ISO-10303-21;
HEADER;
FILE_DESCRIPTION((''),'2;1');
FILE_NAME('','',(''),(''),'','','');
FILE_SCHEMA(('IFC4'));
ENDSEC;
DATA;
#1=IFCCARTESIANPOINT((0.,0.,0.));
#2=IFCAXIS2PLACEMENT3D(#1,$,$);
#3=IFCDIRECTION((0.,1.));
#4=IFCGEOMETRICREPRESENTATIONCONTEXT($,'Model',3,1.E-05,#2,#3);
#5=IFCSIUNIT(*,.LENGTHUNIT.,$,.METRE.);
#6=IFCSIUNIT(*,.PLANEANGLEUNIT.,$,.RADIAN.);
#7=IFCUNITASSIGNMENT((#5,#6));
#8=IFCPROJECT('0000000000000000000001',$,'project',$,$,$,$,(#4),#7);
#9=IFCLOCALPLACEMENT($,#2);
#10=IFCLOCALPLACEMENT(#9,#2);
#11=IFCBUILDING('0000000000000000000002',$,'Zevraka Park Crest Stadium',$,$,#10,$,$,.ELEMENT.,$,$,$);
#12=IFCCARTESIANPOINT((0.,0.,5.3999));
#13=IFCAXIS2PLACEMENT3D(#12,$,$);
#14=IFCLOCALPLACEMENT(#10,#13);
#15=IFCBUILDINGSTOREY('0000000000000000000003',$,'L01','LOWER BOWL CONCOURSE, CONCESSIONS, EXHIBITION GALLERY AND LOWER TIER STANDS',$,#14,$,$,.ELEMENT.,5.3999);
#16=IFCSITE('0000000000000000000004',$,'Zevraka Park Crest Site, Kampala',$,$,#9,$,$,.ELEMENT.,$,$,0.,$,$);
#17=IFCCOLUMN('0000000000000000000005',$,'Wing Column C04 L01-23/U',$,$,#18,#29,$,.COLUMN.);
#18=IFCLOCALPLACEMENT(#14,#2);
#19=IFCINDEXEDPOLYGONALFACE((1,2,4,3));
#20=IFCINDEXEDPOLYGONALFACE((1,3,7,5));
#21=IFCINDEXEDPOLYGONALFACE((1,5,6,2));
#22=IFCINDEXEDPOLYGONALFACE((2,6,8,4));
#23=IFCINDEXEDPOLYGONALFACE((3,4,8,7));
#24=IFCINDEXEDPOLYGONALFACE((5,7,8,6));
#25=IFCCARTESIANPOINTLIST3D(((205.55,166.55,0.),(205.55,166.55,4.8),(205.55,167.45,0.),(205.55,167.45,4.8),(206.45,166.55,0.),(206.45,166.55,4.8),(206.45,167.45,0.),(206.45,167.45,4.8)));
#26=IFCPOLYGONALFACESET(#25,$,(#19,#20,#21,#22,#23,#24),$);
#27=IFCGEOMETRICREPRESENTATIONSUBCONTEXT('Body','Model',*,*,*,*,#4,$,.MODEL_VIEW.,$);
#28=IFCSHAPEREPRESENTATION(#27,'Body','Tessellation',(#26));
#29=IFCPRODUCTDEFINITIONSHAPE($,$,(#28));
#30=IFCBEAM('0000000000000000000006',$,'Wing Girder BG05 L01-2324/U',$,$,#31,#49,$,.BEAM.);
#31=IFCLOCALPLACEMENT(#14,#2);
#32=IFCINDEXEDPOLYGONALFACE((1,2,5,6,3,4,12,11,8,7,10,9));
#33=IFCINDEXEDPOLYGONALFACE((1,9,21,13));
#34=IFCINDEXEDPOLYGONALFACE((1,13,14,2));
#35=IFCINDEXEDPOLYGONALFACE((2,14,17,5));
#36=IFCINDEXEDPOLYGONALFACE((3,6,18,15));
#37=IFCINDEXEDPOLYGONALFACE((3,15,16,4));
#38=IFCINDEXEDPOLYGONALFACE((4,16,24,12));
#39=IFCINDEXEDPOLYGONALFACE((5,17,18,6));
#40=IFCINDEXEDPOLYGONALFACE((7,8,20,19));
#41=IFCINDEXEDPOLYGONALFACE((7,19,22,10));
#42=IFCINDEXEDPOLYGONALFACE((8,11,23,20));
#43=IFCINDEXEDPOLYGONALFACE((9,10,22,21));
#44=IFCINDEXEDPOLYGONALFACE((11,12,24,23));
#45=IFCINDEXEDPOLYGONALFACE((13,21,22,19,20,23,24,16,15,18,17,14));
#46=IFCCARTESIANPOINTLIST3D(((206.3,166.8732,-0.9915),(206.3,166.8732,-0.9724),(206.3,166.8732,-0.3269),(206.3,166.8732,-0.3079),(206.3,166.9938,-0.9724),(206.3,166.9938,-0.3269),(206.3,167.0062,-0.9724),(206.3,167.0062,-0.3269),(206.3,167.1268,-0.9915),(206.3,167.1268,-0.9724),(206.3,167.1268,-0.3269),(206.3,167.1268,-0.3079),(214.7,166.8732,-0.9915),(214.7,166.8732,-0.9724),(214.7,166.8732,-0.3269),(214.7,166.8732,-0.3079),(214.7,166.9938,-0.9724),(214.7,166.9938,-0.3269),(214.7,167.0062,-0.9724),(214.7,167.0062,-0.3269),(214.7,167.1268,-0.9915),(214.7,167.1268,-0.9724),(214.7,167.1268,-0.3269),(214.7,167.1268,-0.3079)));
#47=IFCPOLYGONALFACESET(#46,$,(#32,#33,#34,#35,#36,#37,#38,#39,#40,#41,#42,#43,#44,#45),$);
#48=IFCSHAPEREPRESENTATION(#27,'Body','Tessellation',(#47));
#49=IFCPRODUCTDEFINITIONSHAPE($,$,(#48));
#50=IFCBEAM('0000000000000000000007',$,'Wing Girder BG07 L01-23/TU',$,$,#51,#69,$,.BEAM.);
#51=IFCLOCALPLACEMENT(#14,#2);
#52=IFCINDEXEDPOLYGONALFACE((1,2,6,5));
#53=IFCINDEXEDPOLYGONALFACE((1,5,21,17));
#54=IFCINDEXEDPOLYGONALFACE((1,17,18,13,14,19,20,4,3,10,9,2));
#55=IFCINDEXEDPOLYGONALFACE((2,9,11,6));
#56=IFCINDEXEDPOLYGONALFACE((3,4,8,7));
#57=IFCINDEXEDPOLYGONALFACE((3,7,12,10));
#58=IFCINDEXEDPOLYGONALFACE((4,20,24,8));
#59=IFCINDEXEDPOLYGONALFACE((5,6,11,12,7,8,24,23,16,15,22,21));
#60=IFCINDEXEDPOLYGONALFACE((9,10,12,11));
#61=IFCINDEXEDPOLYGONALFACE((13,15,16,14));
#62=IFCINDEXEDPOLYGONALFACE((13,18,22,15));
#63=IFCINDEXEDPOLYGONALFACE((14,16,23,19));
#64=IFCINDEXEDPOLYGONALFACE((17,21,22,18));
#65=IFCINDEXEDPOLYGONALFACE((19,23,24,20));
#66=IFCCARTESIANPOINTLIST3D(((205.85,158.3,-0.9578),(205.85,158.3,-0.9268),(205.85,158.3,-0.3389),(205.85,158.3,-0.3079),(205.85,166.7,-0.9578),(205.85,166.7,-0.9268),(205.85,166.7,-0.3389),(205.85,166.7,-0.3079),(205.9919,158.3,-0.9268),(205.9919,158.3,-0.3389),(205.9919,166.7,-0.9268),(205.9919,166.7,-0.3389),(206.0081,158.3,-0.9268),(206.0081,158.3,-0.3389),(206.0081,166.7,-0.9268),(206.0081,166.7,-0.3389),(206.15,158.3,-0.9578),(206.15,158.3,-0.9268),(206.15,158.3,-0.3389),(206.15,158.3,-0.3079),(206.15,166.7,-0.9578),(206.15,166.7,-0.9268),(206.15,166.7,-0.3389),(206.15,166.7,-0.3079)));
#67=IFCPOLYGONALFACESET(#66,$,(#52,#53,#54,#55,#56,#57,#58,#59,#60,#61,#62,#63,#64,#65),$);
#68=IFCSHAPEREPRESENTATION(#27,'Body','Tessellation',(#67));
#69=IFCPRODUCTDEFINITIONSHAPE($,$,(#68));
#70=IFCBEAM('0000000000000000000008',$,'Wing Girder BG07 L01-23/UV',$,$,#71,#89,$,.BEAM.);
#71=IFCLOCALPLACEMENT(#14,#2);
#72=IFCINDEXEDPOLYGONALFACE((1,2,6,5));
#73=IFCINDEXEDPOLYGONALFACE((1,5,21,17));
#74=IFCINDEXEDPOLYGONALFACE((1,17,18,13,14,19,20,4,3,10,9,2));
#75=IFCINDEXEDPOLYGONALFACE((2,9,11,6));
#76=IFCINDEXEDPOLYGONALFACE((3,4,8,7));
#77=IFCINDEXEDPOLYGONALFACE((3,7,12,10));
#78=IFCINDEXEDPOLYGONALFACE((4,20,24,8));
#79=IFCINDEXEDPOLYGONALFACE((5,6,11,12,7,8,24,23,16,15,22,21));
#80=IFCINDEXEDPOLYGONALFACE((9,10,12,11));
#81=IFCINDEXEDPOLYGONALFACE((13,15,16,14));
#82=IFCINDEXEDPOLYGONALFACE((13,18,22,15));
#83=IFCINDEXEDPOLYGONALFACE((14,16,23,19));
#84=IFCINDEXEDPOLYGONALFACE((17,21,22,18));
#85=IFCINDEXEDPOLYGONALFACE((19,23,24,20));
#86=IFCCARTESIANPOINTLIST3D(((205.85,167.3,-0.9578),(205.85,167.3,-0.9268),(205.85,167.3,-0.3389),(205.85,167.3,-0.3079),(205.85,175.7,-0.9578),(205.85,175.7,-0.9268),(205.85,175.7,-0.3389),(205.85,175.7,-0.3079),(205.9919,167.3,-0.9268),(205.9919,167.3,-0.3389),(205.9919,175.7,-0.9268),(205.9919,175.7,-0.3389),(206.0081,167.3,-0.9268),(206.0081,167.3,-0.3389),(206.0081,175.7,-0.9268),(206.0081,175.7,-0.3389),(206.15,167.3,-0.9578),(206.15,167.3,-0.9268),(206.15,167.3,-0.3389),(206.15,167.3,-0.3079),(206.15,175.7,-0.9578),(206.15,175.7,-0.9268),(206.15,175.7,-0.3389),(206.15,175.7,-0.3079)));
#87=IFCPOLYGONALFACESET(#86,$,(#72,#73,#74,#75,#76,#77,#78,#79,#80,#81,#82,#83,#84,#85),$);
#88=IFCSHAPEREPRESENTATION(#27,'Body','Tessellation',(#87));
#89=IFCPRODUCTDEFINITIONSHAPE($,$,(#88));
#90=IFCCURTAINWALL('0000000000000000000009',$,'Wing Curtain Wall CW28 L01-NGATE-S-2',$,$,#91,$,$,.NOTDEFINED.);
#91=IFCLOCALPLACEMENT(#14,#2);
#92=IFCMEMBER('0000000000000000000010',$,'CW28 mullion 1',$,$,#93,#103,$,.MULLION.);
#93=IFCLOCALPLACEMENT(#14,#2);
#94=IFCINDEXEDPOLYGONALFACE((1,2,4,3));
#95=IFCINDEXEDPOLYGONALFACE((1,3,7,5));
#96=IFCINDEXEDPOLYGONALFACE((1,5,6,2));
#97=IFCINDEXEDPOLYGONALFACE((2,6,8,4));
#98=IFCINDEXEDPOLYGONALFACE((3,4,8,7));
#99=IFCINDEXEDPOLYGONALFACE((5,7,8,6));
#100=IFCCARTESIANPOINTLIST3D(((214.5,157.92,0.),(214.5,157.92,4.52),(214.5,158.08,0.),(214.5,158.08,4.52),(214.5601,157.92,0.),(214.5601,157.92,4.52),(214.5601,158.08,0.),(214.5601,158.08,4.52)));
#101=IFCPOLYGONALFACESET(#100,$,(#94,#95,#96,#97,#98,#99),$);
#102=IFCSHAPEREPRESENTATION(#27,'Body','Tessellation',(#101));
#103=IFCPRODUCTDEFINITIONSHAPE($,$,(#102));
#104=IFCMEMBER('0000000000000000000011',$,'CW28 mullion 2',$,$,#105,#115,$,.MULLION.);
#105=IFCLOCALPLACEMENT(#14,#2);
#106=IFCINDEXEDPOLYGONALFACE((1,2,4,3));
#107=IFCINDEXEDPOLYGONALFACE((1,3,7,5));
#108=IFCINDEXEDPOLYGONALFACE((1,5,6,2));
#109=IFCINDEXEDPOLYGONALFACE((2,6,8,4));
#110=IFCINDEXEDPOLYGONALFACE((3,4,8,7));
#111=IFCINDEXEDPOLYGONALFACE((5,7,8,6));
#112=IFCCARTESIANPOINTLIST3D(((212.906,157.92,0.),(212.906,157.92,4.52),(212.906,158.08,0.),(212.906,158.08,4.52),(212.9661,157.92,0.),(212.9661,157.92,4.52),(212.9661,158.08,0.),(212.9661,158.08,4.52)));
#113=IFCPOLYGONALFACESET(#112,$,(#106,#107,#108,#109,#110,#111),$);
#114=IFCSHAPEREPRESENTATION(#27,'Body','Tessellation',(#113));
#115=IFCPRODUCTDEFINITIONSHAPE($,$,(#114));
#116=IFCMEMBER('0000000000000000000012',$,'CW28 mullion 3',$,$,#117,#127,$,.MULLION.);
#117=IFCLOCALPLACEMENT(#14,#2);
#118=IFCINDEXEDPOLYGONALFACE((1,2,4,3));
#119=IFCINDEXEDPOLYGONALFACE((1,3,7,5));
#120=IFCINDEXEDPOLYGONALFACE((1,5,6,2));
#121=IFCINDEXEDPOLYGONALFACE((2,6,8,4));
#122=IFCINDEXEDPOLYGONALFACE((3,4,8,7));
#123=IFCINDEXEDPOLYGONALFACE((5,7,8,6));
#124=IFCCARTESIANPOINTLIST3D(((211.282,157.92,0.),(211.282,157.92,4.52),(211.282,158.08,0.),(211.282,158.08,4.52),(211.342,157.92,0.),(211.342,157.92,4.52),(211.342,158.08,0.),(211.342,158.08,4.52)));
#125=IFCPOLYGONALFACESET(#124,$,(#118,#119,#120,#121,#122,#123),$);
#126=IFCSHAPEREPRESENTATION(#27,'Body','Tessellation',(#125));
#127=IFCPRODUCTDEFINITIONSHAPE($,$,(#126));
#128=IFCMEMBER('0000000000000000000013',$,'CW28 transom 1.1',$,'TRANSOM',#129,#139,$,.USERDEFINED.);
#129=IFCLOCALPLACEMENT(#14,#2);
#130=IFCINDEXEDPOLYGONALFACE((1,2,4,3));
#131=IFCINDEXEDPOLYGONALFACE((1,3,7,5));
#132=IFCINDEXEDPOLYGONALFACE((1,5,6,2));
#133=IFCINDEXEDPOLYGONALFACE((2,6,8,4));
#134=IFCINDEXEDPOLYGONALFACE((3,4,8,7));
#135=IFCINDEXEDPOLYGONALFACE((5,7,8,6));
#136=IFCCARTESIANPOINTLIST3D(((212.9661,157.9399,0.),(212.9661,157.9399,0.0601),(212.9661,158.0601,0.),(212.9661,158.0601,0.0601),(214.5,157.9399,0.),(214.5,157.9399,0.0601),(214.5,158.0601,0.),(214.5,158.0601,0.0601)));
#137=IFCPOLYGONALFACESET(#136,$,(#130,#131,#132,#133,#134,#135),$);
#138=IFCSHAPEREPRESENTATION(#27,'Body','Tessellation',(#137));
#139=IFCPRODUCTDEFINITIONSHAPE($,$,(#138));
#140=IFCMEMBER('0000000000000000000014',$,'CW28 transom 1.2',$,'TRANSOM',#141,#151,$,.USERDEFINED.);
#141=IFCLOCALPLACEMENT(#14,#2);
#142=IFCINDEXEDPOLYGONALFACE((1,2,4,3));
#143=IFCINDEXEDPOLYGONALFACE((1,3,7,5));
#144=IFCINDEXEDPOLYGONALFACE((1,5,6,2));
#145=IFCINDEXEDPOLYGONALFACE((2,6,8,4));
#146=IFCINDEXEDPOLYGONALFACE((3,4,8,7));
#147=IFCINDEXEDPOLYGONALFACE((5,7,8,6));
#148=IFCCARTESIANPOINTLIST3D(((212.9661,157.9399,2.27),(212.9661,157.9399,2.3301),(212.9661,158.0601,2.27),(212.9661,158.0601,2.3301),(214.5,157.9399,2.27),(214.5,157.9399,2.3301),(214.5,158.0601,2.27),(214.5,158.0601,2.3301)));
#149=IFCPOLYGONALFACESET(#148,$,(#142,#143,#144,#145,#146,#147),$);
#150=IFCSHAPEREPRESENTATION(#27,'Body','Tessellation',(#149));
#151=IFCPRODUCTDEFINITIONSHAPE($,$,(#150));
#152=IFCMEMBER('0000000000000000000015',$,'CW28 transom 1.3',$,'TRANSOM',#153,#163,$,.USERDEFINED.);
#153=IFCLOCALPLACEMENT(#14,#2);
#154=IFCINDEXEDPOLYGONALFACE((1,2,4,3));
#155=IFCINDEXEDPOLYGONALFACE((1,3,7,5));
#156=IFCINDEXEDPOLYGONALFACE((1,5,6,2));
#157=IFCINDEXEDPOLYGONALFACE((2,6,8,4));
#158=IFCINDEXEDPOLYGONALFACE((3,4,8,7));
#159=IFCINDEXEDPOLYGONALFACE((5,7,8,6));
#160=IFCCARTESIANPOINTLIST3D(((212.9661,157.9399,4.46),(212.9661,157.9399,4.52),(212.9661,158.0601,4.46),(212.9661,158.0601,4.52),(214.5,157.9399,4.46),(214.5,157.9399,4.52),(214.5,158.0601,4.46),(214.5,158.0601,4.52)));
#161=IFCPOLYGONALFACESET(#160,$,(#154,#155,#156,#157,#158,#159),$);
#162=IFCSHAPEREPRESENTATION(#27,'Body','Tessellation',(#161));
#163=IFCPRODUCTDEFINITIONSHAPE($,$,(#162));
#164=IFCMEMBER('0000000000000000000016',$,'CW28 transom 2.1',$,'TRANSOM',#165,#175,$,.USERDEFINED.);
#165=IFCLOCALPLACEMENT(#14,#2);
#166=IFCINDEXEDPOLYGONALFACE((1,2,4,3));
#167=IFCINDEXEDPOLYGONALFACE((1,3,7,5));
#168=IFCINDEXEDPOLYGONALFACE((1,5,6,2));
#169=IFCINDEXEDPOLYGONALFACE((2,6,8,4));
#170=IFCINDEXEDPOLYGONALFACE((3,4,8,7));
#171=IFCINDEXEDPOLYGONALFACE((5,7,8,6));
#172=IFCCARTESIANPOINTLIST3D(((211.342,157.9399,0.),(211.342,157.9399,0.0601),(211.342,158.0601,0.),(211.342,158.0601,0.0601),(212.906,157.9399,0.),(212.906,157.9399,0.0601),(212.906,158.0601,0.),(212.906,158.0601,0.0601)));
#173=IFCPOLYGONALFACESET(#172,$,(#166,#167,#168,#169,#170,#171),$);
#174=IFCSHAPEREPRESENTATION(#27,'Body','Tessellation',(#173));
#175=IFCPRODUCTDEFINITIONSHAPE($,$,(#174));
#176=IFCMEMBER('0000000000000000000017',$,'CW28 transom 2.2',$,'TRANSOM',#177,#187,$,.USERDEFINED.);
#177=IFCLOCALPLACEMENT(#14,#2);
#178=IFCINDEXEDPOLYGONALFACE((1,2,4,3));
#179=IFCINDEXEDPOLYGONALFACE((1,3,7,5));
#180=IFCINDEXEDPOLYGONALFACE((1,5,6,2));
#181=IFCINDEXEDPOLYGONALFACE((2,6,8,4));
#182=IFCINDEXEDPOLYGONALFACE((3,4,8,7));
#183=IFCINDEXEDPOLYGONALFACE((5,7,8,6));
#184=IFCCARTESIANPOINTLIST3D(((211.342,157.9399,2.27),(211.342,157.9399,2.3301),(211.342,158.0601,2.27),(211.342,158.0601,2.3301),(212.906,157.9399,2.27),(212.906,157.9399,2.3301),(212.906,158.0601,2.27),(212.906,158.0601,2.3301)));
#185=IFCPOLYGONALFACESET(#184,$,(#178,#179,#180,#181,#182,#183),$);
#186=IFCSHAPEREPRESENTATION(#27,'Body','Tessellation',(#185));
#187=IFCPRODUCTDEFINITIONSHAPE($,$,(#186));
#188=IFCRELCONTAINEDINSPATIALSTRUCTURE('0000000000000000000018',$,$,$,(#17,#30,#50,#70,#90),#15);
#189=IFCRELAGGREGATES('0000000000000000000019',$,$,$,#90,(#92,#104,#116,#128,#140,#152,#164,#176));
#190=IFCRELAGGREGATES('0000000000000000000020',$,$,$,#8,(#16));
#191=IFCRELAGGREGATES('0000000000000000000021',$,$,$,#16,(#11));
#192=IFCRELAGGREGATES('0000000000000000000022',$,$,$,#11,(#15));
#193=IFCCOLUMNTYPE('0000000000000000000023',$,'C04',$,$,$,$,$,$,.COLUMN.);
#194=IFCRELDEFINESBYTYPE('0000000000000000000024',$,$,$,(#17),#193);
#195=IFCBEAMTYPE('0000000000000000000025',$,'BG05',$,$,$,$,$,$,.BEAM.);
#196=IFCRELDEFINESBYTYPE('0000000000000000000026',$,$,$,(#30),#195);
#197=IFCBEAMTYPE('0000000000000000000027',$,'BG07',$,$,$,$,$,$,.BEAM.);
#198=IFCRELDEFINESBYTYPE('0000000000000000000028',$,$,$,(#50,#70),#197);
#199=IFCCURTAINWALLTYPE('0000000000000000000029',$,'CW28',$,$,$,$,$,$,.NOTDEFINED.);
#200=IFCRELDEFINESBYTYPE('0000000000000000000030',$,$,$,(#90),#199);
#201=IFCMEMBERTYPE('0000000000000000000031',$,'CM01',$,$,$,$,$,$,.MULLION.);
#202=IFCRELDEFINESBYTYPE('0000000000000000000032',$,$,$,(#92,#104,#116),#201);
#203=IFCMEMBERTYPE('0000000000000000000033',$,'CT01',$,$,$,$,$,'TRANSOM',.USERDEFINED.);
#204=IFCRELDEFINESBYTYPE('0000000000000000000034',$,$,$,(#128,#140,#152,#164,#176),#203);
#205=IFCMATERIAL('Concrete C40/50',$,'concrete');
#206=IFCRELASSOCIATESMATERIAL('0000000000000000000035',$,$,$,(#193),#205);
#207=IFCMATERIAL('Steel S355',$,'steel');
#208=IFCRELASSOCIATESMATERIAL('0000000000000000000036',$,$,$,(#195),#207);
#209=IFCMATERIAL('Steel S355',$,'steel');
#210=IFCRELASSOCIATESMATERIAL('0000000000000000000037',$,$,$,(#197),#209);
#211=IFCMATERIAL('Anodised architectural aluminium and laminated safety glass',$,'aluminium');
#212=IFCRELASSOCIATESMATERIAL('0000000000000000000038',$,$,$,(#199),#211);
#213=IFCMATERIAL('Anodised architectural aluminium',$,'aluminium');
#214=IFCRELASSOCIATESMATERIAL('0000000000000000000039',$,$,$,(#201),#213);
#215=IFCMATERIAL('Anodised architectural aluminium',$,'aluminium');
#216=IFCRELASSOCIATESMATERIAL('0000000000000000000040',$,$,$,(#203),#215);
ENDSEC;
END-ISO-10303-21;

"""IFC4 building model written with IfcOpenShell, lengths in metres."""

from ifc_helpers import new_model, si_unit, direction, frame, origin, origin_2d, place, context, subcontext, project, spatial, rectangle, i_section, extrude, material, material_profile, profile_set, type_object, element, aggregate, save


model = new_model("IFC4")

# Units and contexts
model_context = context("Model", 3, precision=1e-05, world=origin(), true_north=direction((0.0, 1.0)))
body_context = subcontext(model_context, "Body", "Model", "MODEL_VIEW")
ifc_project = project(units=[si_unit("LENGTHUNIT", "METRE"), si_unit("PLANEANGLEUNIT", "RADIAN")], contexts=[model_context])

# Site, building, storey
site_placement = place(None, origin())
site = spatial("IfcSite", under=ifc_project, at=site_placement, Name="Zevraka Park Crest Site, Kampala", CompositionType="ELEMENT", RefElevation=0.0)
building_placement = place(site_placement, origin())
building = spatial("IfcBuilding", under=site, at=building_placement, Name="Zevraka Park Crest Stadium", CompositionType="ELEMENT")
storey_placement = place(building_placement, frame((0.0, 0.0, 5.3999)))
storey = spatial("IfcBuildingStorey", under=building, at=storey_placement, Name="L01", Description="LOWER BOWL CONCOURSE, CONCESSIONS, EXHIBITION GALLERY AND LOWER TIER STANDS", CompositionType="ELEMENT", Elevation=5.3999)

# Column
ifc_material_1 = material(Name="Concrete C40/50", Category="concrete")
ifc_material_profile_1 = material_profile(ifc_material_1, rectangle(XDim=0.8999, YDim=0.8999, at=origin_2d()), Name="RC 900x900")
ifc_profile_set_1 = profile_set([ifc_material_profile_1], Name="Concrete C40/50")
column_type = type_object("IfcColumnType", Name="C04", PredefinedType="COLUMN", material=ifc_profile_set_1)
column_placement = place(storey_placement, frame((206.0, 167.0, 0.0), z_axis=(0.0, 0.0, 1.0), x_axis=(1.0, 0.0, 0.0)))
element("IfcColumn", 1, at=column_placement, inside=storey, type_object=column_type, Name="Wing Column C04 L01-23/U", PredefinedType="COLUMN", context=body_context, shape_type="SweptSolid", body=[
    extrude(rectangle(XDim=0.8999, YDim=0.8999, at=origin_2d()), origin(), (0.0, 0.0, 1.0), 4.8),
])

# Beams
ifc_material_2 = material(Name="Steel S355", Category="steel")
ifc_material_profile_2 = material_profile(ifc_material_2, i_section(OverallWidth=0.2537, OverallDepth=0.6836, WebThickness=0.0125, FlangeThickness=0.019, at=origin_2d()), Name="UKB 686x254x140")
ifc_profile_set_2 = profile_set([ifc_material_profile_2], Name="Steel S355")
beam_type_1 = type_object("IfcBeamType", Name="BG05", PredefinedType="BEAM", material=ifc_profile_set_2)
beam_placement = place(storey_placement, frame((206.3, 167.0, -0.6497), z_axis=(1.0, 0.0, 0.0), x_axis=(0.0, 1.0, 0.0)))
element("IfcBeam", 2, at=beam_placement, inside=storey, type_object=beam_type_1, Name="Wing Girder BG05 L01-2324/U", PredefinedType="BEAM", context=body_context, shape_type="SweptSolid", body=[
    extrude(i_section(OverallWidth=0.2537, OverallDepth=0.6836, WebThickness=0.0125, FlangeThickness=0.019, at=origin_2d()), origin(), (0.0, 0.0, 1.0), 8.3999),
])
ifc_material_3 = material(Name="Steel S355", Category="steel")
ifc_material_profile_3 = material_profile(ifc_material_3, i_section(OverallWidth=0.3, OverallDepth=0.6499, WebThickness=0.0161, FlangeThickness=0.031, at=origin_2d()), Name="HEB 650")
ifc_profile_set_3 = profile_set([ifc_material_profile_3], Name="Steel S355")
beam_type_2 = type_object("IfcBeamType", Name="BG07", PredefinedType="BEAM", material=ifc_profile_set_3)
for number, where, z_axis, x_axis, name in (
    (3, (206.0, 158.3, -0.6328), (0.0, 1.0, 0.0), (-1.0, 0.0, 0.0), "Wing Girder BG07 L01-23/TU"),
    (4, (206.0, 167.3, -0.6328), (0.0, 1.0, 0.0), (-1.0, 0.0, 0.0), "Wing Girder BG07 L01-23/UV"),
):
    element("IfcBeam", number, at=place(storey_placement, frame(where, z_axis=z_axis, x_axis=x_axis)), inside=storey, type_object=beam_type_2, Name=name, PredefinedType="BEAM", context=body_context, shape_type="SweptSolid", body=[
        extrude(i_section(OverallWidth=0.3, OverallDepth=0.6499, WebThickness=0.0161, FlangeThickness=0.031, at=origin_2d()), origin(), (0.0, 0.0, 1.0), 8.3999),
    ])

# Curtain wall, members
ifc_material_4 = material(Name="Anodised architectural aluminium and laminated safety glass", Category="aluminium")
curtain_wall_type = type_object("IfcCurtainWallType", Name="CW28", PredefinedType="NOTDEFINED", material=ifc_material_4)
curtain_wall_placement = place(storey_placement, origin())
curtain_wall = element("IfcCurtainWall", 5, at=curtain_wall_placement, inside=storey, type_object=curtain_wall_type, Name="Wing Curtain Wall CW28 L01-NGATE-S-2", PredefinedType="NOTDEFINED")
ifc_material_5 = material(Name="Anodised architectural aluminium", Category="aluminium")
ifc_material_profile_4 = material_profile(ifc_material_5, rectangle(XDim=0.1599, YDim=0.0601, at=origin_2d()), Name="ALU MULLION 160x60")
ifc_profile_set_4 = profile_set([ifc_material_profile_4], Name="Anodised architectural aluminium")
member_type_1 = type_object("IfcMemberType", Name="CM01", PredefinedType="MULLION", material=ifc_profile_set_4)
member_1_placement = place(storey_placement, frame((214.53, 158.0, 0.0), z_axis=(0.0, 0.0, 1.0), x_axis=(0.0, -1.0, 0.0)))
member_1 = element("IfcMember", 6, at=member_1_placement, type_object=member_type_1, Name="CW28 mullion 1", PredefinedType="MULLION", context=body_context, shape_type="SweptSolid", body=[
    extrude(rectangle(XDim=0.1599, YDim=0.0601, at=origin_2d()), origin(), (0.0, 0.0, 1.0), 4.52),
])
member_2_placement = place(storey_placement, frame((212.936, 158.0, 0.0), z_axis=(0.0, 0.0, 1.0), x_axis=(0.0, -1.0, 0.0)))
member_2 = element("IfcMember", 7, at=member_2_placement, type_object=member_type_1, Name="CW28 mullion 2", PredefinedType="MULLION", context=body_context, shape_type="SweptSolid", body=[
    extrude(rectangle(XDim=0.1599, YDim=0.0601, at=origin_2d()), origin(), (0.0, 0.0, 1.0), 4.52),
])
member_3_placement = place(storey_placement, frame((211.312, 158.0, 0.0), z_axis=(0.0, 0.0, 1.0), x_axis=(0.0, -1.0, 0.0)))
member_3 = element("IfcMember", 8, at=member_3_placement, type_object=member_type_1, Name="CW28 mullion 3", PredefinedType="MULLION", context=body_context, shape_type="SweptSolid", body=[
    extrude(rectangle(XDim=0.1599, YDim=0.0601, at=origin_2d()), origin(), (0.0, 0.0, 1.0), 4.52),
])
ifc_material_6 = material(Name="Anodised architectural aluminium", Category="aluminium")
ifc_material_profile_5 = material_profile(ifc_material_6, rectangle(XDim=0.1201, YDim=0.0601, at=origin_2d()), Name="ALU TRANSOM 120x60")
ifc_profile_set_5 = profile_set([ifc_material_profile_5], Name="Anodised architectural aluminium")
member_type_2 = type_object("IfcMemberType", Name="CT01", ElementType="TRANSOM", PredefinedType="USERDEFINED", material=ifc_profile_set_5)
member_4_placement = place(storey_placement, frame((214.5, 158.0, 0.03), z_axis=(-1.0, 0.0, 0.0), x_axis=(0.0, -1.0, 0.0)))
member_4 = element("IfcMember", 9, at=member_4_placement, type_object=member_type_2, Name="CW28 transom 1.1", ObjectType="TRANSOM", PredefinedType="USERDEFINED", context=body_context, shape_type="SweptSolid", body=[
    extrude(rectangle(XDim=0.1201, YDim=0.0601, at=origin_2d()), origin(), (0.0, 0.0, 1.0), 1.5339),
])
member_5_placement = place(storey_placement, frame((214.5, 158.0, 2.3), z_axis=(-1.0, 0.0, 0.0), x_axis=(0.0, -1.0, 0.0)))
member_5 = element("IfcMember", 10, at=member_5_placement, type_object=member_type_2, Name="CW28 transom 1.2", ObjectType="TRANSOM", PredefinedType="USERDEFINED", context=body_context, shape_type="SweptSolid", body=[
    extrude(rectangle(XDim=0.1201, YDim=0.0601, at=origin_2d()), origin(), (0.0, 0.0, 1.0), 1.5339),
])
member_6_placement = place(storey_placement, frame((214.5, 158.0, 4.49), z_axis=(-1.0, 0.0, 0.0), x_axis=(0.0, -1.0, 0.0)))
member_6 = element("IfcMember", 11, at=member_6_placement, type_object=member_type_2, Name="CW28 transom 1.3", ObjectType="TRANSOM", PredefinedType="USERDEFINED", context=body_context, shape_type="SweptSolid", body=[
    extrude(rectangle(XDim=0.1201, YDim=0.0601, at=origin_2d()), origin(), (0.0, 0.0, 1.0), 1.5339),
])
member_7_placement = place(storey_placement, frame((212.906, 158.0, 0.03), z_axis=(-1.0, 0.0, 0.0), x_axis=(0.0, -1.0, 0.0)))
member_7 = element("IfcMember", 12, at=member_7_placement, type_object=member_type_2, Name="CW28 transom 2.1", ObjectType="TRANSOM", PredefinedType="USERDEFINED", context=body_context, shape_type="SweptSolid", body=[
    extrude(rectangle(XDim=0.1201, YDim=0.0601, at=origin_2d()), origin(), (0.0, 0.0, 1.0), 1.564),
])
member_8_placement = place(storey_placement, frame((212.906, 158.0, 2.3), z_axis=(-1.0, 0.0, 0.0), x_axis=(0.0, -1.0, 0.0)))
member_8 = element("IfcMember", 13, at=member_8_placement, type_object=member_type_2, Name="CW28 transom 2.2", ObjectType="TRANSOM", PredefinedType="USERDEFINED", context=body_context, shape_type="SweptSolid", body=[
    extrude(rectangle(XDim=0.1201, YDim=0.0601, at=origin_2d()), origin(), (0.0, 0.0, 1.0), 1.564),
])

aggregate(curtain_wall, [member_1, member_2, member_3, member_4, member_5, member_6, member_7, member_8])

save(model, "model.ifc")
